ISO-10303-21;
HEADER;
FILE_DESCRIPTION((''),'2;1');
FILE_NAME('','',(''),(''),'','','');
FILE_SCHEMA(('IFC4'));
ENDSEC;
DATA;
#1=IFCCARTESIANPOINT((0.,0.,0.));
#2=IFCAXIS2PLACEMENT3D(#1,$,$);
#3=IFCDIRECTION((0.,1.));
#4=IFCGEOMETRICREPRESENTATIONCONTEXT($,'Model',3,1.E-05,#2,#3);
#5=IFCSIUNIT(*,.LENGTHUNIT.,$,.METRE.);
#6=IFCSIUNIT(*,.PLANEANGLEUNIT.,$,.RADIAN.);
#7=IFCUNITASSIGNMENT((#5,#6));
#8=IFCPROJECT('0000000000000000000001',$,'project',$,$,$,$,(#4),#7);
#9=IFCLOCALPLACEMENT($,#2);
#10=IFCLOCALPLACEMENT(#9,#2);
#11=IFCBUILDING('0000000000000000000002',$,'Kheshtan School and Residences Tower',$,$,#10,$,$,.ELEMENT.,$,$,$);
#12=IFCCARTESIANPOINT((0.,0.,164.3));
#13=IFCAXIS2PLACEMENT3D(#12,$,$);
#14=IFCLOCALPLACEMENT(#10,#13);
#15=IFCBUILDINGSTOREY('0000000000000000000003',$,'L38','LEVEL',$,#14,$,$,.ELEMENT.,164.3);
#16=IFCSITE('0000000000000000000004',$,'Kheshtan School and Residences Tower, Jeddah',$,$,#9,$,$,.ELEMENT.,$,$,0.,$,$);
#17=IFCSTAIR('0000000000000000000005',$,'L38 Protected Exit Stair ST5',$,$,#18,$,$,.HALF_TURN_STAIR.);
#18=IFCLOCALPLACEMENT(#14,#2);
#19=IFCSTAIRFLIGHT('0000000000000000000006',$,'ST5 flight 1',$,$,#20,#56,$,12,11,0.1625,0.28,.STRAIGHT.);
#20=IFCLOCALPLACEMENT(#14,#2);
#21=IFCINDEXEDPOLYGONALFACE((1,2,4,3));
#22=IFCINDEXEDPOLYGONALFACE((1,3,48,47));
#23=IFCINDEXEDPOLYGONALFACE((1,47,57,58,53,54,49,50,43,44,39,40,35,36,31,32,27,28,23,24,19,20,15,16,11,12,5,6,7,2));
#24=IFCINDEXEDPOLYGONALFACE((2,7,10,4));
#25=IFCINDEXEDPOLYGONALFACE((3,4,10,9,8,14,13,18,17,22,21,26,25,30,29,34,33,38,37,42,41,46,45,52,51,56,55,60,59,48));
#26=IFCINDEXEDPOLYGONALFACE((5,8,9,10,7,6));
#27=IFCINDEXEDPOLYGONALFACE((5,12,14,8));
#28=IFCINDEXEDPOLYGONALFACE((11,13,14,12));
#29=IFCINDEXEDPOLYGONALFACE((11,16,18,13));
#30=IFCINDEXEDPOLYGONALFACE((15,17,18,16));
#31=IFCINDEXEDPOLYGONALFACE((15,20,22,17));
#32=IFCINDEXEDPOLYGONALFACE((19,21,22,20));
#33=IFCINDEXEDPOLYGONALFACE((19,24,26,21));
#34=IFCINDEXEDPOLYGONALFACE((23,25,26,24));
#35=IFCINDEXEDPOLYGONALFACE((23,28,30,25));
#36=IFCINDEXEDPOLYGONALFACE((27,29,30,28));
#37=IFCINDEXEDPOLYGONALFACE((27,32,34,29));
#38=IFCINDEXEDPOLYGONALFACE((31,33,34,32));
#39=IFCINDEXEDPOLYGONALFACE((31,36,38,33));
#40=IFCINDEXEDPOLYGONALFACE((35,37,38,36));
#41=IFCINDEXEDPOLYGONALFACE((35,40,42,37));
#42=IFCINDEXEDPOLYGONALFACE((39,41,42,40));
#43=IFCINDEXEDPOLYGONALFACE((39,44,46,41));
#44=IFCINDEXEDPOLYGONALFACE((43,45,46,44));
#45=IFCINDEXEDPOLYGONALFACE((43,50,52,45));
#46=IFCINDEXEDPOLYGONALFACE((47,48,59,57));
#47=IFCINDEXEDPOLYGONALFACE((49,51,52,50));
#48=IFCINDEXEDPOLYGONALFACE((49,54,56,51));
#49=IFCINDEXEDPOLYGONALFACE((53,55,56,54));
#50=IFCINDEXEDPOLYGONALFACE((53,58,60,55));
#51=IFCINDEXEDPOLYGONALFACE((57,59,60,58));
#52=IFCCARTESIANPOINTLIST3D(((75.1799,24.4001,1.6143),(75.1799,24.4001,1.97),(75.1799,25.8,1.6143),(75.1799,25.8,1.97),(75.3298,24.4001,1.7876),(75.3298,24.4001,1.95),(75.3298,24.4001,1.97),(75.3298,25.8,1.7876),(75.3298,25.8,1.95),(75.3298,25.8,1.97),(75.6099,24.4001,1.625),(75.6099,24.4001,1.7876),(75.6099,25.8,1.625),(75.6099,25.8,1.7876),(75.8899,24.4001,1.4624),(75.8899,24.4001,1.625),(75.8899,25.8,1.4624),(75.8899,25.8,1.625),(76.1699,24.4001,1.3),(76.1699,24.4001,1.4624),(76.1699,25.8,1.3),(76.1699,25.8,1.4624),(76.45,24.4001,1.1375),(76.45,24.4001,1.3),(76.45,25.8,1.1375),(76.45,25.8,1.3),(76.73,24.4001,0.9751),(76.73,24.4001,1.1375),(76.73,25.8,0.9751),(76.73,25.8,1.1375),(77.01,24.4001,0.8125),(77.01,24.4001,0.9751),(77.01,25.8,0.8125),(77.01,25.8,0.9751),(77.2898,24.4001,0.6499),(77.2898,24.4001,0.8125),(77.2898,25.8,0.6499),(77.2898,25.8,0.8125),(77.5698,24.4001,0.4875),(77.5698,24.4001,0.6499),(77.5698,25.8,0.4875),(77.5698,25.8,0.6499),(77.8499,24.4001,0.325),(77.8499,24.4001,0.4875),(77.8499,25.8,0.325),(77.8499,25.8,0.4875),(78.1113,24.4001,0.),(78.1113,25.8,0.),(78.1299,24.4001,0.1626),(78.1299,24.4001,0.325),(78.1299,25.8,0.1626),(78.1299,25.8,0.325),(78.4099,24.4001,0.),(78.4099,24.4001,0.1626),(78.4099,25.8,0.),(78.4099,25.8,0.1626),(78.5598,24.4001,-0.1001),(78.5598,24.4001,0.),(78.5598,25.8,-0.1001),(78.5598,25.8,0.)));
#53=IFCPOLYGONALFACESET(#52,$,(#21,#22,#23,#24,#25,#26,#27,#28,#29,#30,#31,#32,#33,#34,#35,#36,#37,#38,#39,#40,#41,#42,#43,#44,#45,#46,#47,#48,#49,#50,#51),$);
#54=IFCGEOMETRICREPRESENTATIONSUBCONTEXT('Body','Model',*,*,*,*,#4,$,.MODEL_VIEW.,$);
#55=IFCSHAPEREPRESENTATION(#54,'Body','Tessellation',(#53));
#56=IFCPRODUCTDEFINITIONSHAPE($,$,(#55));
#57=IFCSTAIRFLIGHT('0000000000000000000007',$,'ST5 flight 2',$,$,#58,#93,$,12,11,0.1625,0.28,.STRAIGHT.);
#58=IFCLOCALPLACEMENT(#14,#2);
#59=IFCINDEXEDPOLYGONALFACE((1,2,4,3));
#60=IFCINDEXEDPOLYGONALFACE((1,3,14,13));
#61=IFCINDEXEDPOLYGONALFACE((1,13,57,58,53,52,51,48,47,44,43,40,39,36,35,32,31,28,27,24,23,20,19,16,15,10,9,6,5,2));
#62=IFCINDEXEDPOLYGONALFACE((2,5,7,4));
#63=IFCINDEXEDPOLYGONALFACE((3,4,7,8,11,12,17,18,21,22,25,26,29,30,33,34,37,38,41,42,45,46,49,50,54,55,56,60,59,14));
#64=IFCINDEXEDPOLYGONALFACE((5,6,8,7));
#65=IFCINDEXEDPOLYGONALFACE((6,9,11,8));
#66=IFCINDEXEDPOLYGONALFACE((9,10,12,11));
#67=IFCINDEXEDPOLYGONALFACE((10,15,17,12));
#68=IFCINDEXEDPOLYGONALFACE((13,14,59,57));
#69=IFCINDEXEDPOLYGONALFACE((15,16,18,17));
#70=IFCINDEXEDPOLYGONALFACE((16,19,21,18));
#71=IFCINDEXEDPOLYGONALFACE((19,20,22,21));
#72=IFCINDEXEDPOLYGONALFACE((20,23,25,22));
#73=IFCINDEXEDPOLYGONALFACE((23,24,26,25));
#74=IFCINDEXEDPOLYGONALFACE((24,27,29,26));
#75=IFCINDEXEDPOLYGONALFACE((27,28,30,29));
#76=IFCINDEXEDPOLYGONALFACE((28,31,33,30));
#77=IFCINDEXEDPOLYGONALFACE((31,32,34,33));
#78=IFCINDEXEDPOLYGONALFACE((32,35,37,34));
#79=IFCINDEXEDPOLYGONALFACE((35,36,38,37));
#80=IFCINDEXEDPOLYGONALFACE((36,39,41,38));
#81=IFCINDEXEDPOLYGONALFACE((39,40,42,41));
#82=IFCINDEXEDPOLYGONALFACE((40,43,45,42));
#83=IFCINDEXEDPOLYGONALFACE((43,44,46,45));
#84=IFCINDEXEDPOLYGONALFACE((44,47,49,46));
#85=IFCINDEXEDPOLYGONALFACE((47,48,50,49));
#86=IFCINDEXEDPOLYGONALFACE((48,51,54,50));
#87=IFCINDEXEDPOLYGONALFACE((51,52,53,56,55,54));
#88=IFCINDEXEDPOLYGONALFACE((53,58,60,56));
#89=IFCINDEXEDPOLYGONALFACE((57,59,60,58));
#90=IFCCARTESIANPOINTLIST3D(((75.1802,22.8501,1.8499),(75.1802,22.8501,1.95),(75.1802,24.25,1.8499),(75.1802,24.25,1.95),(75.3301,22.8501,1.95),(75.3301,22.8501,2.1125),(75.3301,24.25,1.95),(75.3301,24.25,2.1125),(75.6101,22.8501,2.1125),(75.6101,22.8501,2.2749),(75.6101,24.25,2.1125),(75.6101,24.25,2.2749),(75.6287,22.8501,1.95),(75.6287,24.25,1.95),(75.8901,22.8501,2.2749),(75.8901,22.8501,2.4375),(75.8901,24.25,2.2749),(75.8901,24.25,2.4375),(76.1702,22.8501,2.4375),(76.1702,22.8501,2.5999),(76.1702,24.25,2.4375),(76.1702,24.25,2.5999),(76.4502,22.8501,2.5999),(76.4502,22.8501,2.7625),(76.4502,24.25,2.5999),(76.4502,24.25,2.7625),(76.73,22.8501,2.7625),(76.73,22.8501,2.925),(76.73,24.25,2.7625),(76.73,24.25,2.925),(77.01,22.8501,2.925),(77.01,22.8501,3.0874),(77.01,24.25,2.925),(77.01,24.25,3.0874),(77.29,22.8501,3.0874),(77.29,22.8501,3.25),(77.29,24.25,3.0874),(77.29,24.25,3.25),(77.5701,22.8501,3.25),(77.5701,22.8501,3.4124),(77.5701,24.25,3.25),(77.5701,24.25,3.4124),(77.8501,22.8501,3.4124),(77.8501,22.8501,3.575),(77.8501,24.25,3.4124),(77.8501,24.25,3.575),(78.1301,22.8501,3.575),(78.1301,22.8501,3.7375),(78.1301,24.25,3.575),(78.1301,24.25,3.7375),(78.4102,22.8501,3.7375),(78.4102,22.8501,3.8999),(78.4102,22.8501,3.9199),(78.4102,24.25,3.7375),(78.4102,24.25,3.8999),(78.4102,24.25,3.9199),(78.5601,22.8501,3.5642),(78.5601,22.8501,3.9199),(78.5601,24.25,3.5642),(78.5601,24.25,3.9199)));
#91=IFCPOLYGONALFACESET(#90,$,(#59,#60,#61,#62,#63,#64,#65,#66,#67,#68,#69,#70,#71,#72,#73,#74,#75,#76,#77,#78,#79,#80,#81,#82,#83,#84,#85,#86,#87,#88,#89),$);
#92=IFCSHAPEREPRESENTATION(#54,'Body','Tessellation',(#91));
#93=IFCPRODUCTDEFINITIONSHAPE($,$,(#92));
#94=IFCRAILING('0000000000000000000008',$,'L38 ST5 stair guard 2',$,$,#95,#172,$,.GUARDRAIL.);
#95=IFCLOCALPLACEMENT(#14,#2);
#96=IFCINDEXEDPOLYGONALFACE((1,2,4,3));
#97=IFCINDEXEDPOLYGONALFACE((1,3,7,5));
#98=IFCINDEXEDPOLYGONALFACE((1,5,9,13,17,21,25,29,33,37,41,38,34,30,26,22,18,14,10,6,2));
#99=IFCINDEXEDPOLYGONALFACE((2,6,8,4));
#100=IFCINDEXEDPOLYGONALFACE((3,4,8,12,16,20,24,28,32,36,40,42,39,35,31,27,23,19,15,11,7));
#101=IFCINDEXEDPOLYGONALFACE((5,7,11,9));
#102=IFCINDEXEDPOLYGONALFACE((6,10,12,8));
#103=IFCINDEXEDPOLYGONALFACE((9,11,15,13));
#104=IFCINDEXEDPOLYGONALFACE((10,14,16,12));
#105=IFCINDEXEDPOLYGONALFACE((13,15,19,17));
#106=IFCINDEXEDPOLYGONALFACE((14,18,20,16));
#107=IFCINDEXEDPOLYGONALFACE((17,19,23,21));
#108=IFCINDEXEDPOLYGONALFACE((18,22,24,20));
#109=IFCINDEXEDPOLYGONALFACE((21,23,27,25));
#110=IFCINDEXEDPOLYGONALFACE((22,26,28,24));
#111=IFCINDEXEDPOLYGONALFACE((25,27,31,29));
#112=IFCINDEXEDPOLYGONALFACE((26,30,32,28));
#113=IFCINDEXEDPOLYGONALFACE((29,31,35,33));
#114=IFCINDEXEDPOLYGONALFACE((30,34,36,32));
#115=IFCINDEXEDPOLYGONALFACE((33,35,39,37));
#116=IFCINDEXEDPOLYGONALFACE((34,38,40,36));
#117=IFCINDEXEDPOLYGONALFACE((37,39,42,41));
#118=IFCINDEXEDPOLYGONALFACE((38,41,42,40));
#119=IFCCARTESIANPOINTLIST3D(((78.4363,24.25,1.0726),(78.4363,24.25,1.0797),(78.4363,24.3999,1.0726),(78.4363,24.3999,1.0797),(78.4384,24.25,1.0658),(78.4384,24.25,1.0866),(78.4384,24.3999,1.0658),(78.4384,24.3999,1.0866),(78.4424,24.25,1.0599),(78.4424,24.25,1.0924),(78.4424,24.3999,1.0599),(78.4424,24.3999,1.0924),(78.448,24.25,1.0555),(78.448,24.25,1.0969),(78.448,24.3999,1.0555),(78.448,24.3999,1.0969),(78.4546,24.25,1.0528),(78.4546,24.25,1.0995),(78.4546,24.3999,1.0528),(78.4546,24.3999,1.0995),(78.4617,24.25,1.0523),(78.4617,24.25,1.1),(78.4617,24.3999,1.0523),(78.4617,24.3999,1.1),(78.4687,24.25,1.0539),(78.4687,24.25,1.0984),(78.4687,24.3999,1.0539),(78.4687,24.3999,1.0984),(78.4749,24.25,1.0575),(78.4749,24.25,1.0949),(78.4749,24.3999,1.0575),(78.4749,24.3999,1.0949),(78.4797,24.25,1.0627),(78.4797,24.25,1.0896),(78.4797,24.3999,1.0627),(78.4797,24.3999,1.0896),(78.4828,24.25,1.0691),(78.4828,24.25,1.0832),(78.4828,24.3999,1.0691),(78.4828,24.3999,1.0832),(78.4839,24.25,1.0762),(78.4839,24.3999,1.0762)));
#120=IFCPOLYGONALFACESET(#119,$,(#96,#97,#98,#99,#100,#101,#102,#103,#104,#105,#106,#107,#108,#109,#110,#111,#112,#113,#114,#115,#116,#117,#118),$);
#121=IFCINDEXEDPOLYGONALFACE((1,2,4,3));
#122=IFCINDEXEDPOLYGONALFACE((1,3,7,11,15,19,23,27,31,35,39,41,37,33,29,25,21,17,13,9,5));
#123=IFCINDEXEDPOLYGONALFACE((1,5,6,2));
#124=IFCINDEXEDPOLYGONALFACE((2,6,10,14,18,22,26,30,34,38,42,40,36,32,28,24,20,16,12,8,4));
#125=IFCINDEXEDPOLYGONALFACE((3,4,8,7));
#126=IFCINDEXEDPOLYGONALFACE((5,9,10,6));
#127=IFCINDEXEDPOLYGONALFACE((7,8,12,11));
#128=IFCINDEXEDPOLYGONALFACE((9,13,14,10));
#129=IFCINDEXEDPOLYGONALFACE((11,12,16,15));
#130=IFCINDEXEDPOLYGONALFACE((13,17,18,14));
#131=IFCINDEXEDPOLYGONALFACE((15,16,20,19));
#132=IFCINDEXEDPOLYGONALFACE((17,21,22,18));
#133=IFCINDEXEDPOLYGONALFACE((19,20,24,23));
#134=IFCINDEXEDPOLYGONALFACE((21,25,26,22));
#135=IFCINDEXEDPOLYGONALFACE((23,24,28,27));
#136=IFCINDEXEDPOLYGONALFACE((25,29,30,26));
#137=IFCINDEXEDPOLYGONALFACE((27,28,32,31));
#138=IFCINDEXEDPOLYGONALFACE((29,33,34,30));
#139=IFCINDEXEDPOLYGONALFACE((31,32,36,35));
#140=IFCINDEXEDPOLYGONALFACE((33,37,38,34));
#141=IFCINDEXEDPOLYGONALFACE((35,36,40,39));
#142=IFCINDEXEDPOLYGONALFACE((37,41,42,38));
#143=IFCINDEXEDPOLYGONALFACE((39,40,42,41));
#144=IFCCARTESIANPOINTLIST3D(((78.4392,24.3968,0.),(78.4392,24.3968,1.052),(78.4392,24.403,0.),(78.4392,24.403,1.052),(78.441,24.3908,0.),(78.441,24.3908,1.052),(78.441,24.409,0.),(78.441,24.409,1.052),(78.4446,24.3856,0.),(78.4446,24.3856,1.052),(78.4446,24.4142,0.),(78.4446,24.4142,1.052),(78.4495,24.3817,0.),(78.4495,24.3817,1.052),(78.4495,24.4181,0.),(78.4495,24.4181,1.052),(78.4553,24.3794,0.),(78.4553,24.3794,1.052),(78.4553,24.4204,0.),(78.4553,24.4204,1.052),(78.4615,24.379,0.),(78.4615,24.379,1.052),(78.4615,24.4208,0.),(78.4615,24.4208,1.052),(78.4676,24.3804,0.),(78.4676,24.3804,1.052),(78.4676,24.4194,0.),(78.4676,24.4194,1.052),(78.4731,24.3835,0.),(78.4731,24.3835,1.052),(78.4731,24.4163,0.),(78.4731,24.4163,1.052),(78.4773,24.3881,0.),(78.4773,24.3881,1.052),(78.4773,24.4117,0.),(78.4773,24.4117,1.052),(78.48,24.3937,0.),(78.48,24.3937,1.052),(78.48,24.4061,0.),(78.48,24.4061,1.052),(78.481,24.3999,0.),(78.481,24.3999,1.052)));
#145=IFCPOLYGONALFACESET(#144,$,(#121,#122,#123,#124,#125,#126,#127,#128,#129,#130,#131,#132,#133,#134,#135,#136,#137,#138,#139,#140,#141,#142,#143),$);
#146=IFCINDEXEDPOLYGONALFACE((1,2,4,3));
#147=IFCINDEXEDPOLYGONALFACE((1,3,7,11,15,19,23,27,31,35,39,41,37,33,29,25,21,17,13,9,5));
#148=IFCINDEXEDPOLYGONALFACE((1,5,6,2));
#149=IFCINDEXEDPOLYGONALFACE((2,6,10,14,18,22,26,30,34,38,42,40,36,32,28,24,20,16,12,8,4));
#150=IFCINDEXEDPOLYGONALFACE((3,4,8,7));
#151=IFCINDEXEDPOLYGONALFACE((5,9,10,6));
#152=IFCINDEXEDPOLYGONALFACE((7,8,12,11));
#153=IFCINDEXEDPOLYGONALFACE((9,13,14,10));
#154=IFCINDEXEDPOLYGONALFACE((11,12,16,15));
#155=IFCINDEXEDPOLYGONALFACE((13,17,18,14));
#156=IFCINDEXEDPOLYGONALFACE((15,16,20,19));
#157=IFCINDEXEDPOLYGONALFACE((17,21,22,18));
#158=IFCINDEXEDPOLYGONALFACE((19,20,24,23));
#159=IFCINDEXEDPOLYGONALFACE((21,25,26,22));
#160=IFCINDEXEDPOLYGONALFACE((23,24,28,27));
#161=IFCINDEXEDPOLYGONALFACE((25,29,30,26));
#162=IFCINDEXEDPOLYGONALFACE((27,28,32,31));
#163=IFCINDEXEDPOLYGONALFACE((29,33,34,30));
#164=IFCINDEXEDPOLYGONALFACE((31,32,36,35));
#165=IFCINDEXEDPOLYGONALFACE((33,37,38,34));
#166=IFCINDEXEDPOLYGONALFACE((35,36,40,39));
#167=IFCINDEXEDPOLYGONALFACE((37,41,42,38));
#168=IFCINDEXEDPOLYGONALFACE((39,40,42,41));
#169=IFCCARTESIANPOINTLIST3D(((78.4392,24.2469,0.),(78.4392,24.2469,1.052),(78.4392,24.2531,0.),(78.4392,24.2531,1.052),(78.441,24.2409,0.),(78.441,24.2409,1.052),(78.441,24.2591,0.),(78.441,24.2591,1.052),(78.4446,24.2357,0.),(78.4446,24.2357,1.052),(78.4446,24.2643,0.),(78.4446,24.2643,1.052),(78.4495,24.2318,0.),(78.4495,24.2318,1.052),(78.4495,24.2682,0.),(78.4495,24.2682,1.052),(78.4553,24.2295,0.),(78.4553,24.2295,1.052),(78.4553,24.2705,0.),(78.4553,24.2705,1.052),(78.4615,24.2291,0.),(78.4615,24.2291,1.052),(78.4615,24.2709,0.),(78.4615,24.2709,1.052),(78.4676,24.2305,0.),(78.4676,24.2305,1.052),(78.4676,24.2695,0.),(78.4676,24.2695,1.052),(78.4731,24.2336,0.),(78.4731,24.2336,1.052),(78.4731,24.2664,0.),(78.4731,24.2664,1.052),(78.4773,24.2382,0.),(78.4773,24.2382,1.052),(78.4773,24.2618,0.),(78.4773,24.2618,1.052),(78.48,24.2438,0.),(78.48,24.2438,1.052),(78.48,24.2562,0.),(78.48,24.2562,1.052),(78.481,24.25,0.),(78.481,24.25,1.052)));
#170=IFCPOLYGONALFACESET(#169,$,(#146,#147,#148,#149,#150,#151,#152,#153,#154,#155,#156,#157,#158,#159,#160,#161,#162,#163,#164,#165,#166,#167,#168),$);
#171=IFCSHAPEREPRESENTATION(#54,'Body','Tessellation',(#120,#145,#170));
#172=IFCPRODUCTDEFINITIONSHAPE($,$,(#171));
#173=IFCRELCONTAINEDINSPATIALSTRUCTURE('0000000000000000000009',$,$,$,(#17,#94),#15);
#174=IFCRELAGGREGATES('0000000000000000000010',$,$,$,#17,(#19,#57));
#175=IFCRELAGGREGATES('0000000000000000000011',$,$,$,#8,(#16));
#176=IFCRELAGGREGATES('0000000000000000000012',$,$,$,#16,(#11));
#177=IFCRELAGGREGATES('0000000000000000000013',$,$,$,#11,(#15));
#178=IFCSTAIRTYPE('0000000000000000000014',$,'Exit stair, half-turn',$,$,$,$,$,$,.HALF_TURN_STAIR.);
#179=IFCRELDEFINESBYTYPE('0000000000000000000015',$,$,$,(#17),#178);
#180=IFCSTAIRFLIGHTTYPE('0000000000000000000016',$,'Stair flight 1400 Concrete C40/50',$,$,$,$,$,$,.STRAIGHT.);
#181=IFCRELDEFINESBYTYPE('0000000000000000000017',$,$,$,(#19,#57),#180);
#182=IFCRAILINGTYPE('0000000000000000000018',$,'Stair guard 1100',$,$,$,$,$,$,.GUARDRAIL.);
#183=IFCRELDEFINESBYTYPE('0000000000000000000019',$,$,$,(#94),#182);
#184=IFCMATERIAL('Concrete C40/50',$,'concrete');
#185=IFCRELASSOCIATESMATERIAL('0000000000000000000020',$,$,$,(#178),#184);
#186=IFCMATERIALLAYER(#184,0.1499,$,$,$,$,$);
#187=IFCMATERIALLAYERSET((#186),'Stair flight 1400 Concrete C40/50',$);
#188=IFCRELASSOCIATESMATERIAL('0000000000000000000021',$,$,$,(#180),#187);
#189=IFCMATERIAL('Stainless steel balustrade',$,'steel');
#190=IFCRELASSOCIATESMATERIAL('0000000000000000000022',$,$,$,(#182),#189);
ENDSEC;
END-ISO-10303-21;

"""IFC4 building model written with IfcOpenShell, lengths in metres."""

from ifc_helpers import new_model, si_unit, direction, frame, origin, origin_2d, place, context, subcontext, project, spatial, polyline, circle, outline, extrude, material, layer, layer_set, type_object, element, aggregate, save


model = new_model("IFC4")

# Units and contexts
model_context = context("Model", 3, precision=1e-05, world=origin(), true_north=direction((0.0, 1.0)))
body_context = subcontext(model_context, "Body", "Model", "MODEL_VIEW")
ifc_project = project(units=[si_unit("LENGTHUNIT", "METRE"), si_unit("PLANEANGLEUNIT", "RADIAN")], contexts=[model_context])

# Site, building, storey
site_placement = place(None, origin())
site = spatial("IfcSite", under=ifc_project, at=site_placement, Name="Kheshtan School and Residences Tower, Jeddah", CompositionType="ELEMENT", RefElevation=0.0)
building_placement = place(site_placement, origin())
building = spatial("IfcBuilding", under=site, at=building_placement, Name="Kheshtan School and Residences Tower", CompositionType="ELEMENT")
storey_placement = place(building_placement, frame((0.0, 0.0, 164.3)))
storey = spatial("IfcBuildingStorey", under=building, at=storey_placement, Name="L38", Description="LEVEL", CompositionType="ELEMENT", Elevation=164.3)

# Shared definitions
ifc_material_1 = material(Name="Concrete C40/50", Category="concrete")

# Stair, stair flights
stair_type = type_object("IfcStairType", Name="Exit stair, half-turn", PredefinedType="HALF_TURN_STAIR", material=ifc_material_1)
stair_placement = place(storey_placement, origin())
stair = element("IfcStair", 1, at=stair_placement, inside=storey, type_object=stair_type, Name="L38 Protected Exit Stair ST5", PredefinedType="HALF_TURN_STAIR")
ifc_layer_1 = layer(ifc_material_1, 0.1499)
ifc_layer_set_1 = layer_set([ifc_layer_1], Name="Stair flight 1400 Concrete C40/50")
stair_flight_type = type_object("IfcStairFlightType", Name="Stair flight 1400 Concrete C40/50", PredefinedType="STRAIGHT", material=ifc_layer_set_1)
stair_flight_1_placement = place(storey_placement, frame((78.4099, 25.1001, 0.0), z_axis=(0.0, 0.0, 1.0), x_axis=(-1.0, 0.0, 0.0)))
stair_flight_1 = element("IfcStairFlight", 2, at=stair_flight_1_placement, type_object=stair_flight_type, Name="ST5 flight 1", NumberOfRisers=12, NumberOfTreads=11, PredefinedType="STRAIGHT", RiserHeight=0.1625, TreadLength=0.28, context=body_context, shape_type="SweptSolid", body=[
    extrude(outline(polyline([(-0.1499, -0.1001), (-0.1499, 0.0), (0.0, 0.0), (0.0, 0.1626), (0.28, 0.1626), (0.28, 0.325), (0.5601, 0.325), (0.5601, 0.4875), (0.8401, 0.4875), (0.8401, 0.6499), (1.1201, 0.6499), (1.1201, 0.8125), (1.3999, 0.8125), (1.3999, 0.9751), (1.6799, 0.9751), (1.6799, 1.1375), (1.96, 1.1375), (1.96, 1.3), (2.24, 1.3), (2.24, 1.4624), (2.52, 1.4624), (2.52, 1.625), (2.8, 1.625), (2.8, 1.7876), (3.0801, 1.7876), (3.0801, 1.95), (3.0801, 1.97), (3.23, 1.97), (3.23, 1.6143), (0.2986, 0.0), (-0.1499, -0.1001)])), frame((0.0, 0.7, 0.0), z_axis=(0.0, -1.0, 0.0), x_axis=(1.0, 0.0, 0.0)), (0.0, 0.0, 1.0), 1.3999),
])
stair_flight_2_placement = place(storey_placement, frame((75.3301, 23.55, 1.95), z_axis=(0.0, 0.0, 1.0), x_axis=(1.0, 0.0, 0.0)))
stair_flight_2 = element("IfcStairFlight", 3, at=stair_flight_2_placement, type_object=stair_flight_type, Name="ST5 flight 2", NumberOfRisers=12, NumberOfTreads=11, PredefinedType="STRAIGHT", RiserHeight=0.1625, TreadLength=0.28, context=body_context, shape_type="SweptSolid", body=[
    extrude(outline(polyline([(-0.1499, -0.1001), (-0.1499, 0.0), (0.0, 0.0), (0.0, 0.1626), (0.28, 0.1626), (0.28, 0.325), (0.5601, 0.325), (0.5601, 0.4875), (0.8401, 0.4875), (0.8401, 0.6499), (1.1201, 0.6499), (1.1201, 0.8125), (1.3999, 0.8125), (1.3999, 0.9751), (1.6799, 0.9751), (1.6799, 1.1375), (1.96, 1.1375), (1.96, 1.3), (2.24, 1.3), (2.24, 1.4624), (2.52, 1.4624), (2.52, 1.625), (2.8, 1.625), (2.8, 1.7876), (3.0801, 1.7876), (3.0801, 1.95), (3.0801, 1.97), (3.23, 1.97), (3.23, 1.6143), (0.2986, 0.0), (-0.1499, -0.1001)])), frame((0.0, 0.7, 0.0), z_axis=(0.0, -1.0, 0.0), x_axis=(1.0, 0.0, 0.0)), (0.0, 0.0, 1.0), 1.3999),
])
aggregate(stair, [stair_flight_1, stair_flight_2])

# Railing
ifc_material_2 = material(Name="Stainless steel balustrade", Category="steel")
railing_type_1 = type_object("IfcRailingType", Name="Stair guard 1100", PredefinedType="GUARDRAIL", material=ifc_material_2)
railing_1_placement = place(storey_placement, frame((78.46, 24.3999, 0.0)))
element("IfcRailing", 4, at=railing_1_placement, inside=storey, type_object=railing_type_1, Name="L38 ST5 stair guard 2", PredefinedType="GUARDRAIL", context=body_context, shape_type="SweptSolid", body=[
    extrude(circle(Radius=0.0239, at=origin_2d()), frame((0.0, 0.0, 1.0762), z_axis=(0.0, -1.0, 0.0), x_axis=(1.0, 0.0, 0.0)), (0.0, 0.0, 1.0), 0.1499),
    extrude(circle(Radius=0.021, at=origin_2d()), origin(), (0.0, 0.0, 1.0), 1.052),
    extrude(circle(Radius=0.021, at=origin_2d()), frame((0.0, -0.1499, 0.0)), (0.0, 0.0, 1.0), 1.052),
])

save(model, "model.ifc")
